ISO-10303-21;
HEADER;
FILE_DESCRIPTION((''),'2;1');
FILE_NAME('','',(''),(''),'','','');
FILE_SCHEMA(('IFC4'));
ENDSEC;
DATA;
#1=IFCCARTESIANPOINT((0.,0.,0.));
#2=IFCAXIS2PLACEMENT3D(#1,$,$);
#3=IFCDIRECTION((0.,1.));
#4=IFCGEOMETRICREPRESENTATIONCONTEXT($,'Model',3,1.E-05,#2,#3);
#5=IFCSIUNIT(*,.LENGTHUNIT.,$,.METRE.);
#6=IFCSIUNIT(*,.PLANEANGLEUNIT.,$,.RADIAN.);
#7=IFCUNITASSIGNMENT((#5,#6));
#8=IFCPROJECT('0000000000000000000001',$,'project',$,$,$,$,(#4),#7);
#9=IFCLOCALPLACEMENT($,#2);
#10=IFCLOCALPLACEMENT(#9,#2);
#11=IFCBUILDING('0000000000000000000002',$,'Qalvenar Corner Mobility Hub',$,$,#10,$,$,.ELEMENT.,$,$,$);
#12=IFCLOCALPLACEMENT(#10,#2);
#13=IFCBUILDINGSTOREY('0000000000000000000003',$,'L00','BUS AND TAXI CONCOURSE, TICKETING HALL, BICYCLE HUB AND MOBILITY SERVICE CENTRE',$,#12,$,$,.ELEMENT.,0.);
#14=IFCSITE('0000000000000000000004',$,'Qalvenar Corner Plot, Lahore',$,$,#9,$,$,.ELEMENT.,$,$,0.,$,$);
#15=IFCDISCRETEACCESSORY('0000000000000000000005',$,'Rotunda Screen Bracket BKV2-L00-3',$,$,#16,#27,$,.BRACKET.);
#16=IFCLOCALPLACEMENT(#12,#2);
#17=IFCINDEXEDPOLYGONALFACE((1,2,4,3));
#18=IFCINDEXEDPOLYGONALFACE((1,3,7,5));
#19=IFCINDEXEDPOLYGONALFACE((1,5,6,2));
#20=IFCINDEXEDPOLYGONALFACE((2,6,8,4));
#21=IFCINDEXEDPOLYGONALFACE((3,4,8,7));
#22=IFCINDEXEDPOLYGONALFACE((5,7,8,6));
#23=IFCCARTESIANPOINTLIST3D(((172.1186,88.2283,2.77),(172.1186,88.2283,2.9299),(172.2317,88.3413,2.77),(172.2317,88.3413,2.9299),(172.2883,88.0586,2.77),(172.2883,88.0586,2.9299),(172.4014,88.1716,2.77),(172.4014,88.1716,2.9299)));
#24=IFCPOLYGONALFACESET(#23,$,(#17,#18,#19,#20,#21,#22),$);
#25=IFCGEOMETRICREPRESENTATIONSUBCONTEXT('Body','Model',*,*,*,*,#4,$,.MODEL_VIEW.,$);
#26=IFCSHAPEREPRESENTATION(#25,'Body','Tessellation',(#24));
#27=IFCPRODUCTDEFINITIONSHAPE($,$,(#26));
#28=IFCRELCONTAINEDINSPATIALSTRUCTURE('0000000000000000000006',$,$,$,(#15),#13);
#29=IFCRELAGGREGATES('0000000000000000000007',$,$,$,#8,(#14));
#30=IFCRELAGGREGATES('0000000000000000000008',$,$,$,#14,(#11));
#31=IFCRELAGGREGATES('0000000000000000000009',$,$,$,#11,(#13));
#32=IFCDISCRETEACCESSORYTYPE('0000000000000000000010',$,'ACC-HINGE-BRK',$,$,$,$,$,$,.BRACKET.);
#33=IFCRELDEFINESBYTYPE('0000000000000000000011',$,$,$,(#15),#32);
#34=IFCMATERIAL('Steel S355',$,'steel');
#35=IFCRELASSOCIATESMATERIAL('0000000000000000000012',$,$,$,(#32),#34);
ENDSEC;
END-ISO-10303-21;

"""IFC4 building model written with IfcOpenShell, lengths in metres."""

from ifc_helpers import new_model, si_unit, direction, frame, origin, origin_2d, place, context, subcontext, project, spatial, rectangle, extrude, material, type_object, element, save


model = new_model("IFC4")

# Units and contexts
model_context = context("Model", 3, precision=1e-05, world=origin(), true_north=direction((0.0, 1.0)))
body_context = subcontext(model_context, "Body", "Model", "MODEL_VIEW")
ifc_project = project(units=[si_unit("LENGTHUNIT", "METRE"), si_unit("PLANEANGLEUNIT", "RADIAN")], contexts=[model_context])

# Site, building, storey
site_placement = place(None, origin())
site = spatial("IfcSite", under=ifc_project, at=site_placement, Name="Qalvenar Corner Plot, Lahore", CompositionType="ELEMENT", RefElevation=0.0)
building_placement = place(site_placement, origin())
building = spatial("IfcBuilding", under=site, at=building_placement, Name="Qalvenar Corner Mobility Hub", CompositionType="ELEMENT")
storey_placement = place(building_placement, origin())
storey = spatial("IfcBuildingStorey", under=building, at=storey_placement, Name="L00", Description="BUS AND TAXI CONCOURSE, TICKETING HALL, BICYCLE HUB AND MOBILITY SERVICE CENTRE", CompositionType="ELEMENT", Elevation=0.0)

# Shared definitions
ifc_material_1 = material(Name="Steel S355", Category="steel")

# Discrete accessory
discrete_accessory_type = type_object("IfcDiscreteAccessoryType", Name="ACC-HINGE-BRK", PredefinedType="BRACKET", material=ifc_material_1)
for number, where, z_axis, x_axis, name in (
    (1, (172.26, 88.2, 2.77), (0.0, 0.0, 1.0), (0.707107, 0.707107, 0.0), "Rotunda Screen Bracket BKV2-L00-3"),
):
    element("IfcDiscreteAccessory", number, at=place(storey_placement, frame(where, z_axis=z_axis, x_axis=x_axis)), inside=storey, type_object=discrete_accessory_type, Name=name, PredefinedType="BRACKET", context=body_context, shape_type="SweptSolid", body=[
        extrude(rectangle(XDim=0.1599, YDim=0.24, at=origin_2d()), origin(), (0.0, 0.0, 1.0), 0.1599),
    ])

save(model, "model.ifc")
